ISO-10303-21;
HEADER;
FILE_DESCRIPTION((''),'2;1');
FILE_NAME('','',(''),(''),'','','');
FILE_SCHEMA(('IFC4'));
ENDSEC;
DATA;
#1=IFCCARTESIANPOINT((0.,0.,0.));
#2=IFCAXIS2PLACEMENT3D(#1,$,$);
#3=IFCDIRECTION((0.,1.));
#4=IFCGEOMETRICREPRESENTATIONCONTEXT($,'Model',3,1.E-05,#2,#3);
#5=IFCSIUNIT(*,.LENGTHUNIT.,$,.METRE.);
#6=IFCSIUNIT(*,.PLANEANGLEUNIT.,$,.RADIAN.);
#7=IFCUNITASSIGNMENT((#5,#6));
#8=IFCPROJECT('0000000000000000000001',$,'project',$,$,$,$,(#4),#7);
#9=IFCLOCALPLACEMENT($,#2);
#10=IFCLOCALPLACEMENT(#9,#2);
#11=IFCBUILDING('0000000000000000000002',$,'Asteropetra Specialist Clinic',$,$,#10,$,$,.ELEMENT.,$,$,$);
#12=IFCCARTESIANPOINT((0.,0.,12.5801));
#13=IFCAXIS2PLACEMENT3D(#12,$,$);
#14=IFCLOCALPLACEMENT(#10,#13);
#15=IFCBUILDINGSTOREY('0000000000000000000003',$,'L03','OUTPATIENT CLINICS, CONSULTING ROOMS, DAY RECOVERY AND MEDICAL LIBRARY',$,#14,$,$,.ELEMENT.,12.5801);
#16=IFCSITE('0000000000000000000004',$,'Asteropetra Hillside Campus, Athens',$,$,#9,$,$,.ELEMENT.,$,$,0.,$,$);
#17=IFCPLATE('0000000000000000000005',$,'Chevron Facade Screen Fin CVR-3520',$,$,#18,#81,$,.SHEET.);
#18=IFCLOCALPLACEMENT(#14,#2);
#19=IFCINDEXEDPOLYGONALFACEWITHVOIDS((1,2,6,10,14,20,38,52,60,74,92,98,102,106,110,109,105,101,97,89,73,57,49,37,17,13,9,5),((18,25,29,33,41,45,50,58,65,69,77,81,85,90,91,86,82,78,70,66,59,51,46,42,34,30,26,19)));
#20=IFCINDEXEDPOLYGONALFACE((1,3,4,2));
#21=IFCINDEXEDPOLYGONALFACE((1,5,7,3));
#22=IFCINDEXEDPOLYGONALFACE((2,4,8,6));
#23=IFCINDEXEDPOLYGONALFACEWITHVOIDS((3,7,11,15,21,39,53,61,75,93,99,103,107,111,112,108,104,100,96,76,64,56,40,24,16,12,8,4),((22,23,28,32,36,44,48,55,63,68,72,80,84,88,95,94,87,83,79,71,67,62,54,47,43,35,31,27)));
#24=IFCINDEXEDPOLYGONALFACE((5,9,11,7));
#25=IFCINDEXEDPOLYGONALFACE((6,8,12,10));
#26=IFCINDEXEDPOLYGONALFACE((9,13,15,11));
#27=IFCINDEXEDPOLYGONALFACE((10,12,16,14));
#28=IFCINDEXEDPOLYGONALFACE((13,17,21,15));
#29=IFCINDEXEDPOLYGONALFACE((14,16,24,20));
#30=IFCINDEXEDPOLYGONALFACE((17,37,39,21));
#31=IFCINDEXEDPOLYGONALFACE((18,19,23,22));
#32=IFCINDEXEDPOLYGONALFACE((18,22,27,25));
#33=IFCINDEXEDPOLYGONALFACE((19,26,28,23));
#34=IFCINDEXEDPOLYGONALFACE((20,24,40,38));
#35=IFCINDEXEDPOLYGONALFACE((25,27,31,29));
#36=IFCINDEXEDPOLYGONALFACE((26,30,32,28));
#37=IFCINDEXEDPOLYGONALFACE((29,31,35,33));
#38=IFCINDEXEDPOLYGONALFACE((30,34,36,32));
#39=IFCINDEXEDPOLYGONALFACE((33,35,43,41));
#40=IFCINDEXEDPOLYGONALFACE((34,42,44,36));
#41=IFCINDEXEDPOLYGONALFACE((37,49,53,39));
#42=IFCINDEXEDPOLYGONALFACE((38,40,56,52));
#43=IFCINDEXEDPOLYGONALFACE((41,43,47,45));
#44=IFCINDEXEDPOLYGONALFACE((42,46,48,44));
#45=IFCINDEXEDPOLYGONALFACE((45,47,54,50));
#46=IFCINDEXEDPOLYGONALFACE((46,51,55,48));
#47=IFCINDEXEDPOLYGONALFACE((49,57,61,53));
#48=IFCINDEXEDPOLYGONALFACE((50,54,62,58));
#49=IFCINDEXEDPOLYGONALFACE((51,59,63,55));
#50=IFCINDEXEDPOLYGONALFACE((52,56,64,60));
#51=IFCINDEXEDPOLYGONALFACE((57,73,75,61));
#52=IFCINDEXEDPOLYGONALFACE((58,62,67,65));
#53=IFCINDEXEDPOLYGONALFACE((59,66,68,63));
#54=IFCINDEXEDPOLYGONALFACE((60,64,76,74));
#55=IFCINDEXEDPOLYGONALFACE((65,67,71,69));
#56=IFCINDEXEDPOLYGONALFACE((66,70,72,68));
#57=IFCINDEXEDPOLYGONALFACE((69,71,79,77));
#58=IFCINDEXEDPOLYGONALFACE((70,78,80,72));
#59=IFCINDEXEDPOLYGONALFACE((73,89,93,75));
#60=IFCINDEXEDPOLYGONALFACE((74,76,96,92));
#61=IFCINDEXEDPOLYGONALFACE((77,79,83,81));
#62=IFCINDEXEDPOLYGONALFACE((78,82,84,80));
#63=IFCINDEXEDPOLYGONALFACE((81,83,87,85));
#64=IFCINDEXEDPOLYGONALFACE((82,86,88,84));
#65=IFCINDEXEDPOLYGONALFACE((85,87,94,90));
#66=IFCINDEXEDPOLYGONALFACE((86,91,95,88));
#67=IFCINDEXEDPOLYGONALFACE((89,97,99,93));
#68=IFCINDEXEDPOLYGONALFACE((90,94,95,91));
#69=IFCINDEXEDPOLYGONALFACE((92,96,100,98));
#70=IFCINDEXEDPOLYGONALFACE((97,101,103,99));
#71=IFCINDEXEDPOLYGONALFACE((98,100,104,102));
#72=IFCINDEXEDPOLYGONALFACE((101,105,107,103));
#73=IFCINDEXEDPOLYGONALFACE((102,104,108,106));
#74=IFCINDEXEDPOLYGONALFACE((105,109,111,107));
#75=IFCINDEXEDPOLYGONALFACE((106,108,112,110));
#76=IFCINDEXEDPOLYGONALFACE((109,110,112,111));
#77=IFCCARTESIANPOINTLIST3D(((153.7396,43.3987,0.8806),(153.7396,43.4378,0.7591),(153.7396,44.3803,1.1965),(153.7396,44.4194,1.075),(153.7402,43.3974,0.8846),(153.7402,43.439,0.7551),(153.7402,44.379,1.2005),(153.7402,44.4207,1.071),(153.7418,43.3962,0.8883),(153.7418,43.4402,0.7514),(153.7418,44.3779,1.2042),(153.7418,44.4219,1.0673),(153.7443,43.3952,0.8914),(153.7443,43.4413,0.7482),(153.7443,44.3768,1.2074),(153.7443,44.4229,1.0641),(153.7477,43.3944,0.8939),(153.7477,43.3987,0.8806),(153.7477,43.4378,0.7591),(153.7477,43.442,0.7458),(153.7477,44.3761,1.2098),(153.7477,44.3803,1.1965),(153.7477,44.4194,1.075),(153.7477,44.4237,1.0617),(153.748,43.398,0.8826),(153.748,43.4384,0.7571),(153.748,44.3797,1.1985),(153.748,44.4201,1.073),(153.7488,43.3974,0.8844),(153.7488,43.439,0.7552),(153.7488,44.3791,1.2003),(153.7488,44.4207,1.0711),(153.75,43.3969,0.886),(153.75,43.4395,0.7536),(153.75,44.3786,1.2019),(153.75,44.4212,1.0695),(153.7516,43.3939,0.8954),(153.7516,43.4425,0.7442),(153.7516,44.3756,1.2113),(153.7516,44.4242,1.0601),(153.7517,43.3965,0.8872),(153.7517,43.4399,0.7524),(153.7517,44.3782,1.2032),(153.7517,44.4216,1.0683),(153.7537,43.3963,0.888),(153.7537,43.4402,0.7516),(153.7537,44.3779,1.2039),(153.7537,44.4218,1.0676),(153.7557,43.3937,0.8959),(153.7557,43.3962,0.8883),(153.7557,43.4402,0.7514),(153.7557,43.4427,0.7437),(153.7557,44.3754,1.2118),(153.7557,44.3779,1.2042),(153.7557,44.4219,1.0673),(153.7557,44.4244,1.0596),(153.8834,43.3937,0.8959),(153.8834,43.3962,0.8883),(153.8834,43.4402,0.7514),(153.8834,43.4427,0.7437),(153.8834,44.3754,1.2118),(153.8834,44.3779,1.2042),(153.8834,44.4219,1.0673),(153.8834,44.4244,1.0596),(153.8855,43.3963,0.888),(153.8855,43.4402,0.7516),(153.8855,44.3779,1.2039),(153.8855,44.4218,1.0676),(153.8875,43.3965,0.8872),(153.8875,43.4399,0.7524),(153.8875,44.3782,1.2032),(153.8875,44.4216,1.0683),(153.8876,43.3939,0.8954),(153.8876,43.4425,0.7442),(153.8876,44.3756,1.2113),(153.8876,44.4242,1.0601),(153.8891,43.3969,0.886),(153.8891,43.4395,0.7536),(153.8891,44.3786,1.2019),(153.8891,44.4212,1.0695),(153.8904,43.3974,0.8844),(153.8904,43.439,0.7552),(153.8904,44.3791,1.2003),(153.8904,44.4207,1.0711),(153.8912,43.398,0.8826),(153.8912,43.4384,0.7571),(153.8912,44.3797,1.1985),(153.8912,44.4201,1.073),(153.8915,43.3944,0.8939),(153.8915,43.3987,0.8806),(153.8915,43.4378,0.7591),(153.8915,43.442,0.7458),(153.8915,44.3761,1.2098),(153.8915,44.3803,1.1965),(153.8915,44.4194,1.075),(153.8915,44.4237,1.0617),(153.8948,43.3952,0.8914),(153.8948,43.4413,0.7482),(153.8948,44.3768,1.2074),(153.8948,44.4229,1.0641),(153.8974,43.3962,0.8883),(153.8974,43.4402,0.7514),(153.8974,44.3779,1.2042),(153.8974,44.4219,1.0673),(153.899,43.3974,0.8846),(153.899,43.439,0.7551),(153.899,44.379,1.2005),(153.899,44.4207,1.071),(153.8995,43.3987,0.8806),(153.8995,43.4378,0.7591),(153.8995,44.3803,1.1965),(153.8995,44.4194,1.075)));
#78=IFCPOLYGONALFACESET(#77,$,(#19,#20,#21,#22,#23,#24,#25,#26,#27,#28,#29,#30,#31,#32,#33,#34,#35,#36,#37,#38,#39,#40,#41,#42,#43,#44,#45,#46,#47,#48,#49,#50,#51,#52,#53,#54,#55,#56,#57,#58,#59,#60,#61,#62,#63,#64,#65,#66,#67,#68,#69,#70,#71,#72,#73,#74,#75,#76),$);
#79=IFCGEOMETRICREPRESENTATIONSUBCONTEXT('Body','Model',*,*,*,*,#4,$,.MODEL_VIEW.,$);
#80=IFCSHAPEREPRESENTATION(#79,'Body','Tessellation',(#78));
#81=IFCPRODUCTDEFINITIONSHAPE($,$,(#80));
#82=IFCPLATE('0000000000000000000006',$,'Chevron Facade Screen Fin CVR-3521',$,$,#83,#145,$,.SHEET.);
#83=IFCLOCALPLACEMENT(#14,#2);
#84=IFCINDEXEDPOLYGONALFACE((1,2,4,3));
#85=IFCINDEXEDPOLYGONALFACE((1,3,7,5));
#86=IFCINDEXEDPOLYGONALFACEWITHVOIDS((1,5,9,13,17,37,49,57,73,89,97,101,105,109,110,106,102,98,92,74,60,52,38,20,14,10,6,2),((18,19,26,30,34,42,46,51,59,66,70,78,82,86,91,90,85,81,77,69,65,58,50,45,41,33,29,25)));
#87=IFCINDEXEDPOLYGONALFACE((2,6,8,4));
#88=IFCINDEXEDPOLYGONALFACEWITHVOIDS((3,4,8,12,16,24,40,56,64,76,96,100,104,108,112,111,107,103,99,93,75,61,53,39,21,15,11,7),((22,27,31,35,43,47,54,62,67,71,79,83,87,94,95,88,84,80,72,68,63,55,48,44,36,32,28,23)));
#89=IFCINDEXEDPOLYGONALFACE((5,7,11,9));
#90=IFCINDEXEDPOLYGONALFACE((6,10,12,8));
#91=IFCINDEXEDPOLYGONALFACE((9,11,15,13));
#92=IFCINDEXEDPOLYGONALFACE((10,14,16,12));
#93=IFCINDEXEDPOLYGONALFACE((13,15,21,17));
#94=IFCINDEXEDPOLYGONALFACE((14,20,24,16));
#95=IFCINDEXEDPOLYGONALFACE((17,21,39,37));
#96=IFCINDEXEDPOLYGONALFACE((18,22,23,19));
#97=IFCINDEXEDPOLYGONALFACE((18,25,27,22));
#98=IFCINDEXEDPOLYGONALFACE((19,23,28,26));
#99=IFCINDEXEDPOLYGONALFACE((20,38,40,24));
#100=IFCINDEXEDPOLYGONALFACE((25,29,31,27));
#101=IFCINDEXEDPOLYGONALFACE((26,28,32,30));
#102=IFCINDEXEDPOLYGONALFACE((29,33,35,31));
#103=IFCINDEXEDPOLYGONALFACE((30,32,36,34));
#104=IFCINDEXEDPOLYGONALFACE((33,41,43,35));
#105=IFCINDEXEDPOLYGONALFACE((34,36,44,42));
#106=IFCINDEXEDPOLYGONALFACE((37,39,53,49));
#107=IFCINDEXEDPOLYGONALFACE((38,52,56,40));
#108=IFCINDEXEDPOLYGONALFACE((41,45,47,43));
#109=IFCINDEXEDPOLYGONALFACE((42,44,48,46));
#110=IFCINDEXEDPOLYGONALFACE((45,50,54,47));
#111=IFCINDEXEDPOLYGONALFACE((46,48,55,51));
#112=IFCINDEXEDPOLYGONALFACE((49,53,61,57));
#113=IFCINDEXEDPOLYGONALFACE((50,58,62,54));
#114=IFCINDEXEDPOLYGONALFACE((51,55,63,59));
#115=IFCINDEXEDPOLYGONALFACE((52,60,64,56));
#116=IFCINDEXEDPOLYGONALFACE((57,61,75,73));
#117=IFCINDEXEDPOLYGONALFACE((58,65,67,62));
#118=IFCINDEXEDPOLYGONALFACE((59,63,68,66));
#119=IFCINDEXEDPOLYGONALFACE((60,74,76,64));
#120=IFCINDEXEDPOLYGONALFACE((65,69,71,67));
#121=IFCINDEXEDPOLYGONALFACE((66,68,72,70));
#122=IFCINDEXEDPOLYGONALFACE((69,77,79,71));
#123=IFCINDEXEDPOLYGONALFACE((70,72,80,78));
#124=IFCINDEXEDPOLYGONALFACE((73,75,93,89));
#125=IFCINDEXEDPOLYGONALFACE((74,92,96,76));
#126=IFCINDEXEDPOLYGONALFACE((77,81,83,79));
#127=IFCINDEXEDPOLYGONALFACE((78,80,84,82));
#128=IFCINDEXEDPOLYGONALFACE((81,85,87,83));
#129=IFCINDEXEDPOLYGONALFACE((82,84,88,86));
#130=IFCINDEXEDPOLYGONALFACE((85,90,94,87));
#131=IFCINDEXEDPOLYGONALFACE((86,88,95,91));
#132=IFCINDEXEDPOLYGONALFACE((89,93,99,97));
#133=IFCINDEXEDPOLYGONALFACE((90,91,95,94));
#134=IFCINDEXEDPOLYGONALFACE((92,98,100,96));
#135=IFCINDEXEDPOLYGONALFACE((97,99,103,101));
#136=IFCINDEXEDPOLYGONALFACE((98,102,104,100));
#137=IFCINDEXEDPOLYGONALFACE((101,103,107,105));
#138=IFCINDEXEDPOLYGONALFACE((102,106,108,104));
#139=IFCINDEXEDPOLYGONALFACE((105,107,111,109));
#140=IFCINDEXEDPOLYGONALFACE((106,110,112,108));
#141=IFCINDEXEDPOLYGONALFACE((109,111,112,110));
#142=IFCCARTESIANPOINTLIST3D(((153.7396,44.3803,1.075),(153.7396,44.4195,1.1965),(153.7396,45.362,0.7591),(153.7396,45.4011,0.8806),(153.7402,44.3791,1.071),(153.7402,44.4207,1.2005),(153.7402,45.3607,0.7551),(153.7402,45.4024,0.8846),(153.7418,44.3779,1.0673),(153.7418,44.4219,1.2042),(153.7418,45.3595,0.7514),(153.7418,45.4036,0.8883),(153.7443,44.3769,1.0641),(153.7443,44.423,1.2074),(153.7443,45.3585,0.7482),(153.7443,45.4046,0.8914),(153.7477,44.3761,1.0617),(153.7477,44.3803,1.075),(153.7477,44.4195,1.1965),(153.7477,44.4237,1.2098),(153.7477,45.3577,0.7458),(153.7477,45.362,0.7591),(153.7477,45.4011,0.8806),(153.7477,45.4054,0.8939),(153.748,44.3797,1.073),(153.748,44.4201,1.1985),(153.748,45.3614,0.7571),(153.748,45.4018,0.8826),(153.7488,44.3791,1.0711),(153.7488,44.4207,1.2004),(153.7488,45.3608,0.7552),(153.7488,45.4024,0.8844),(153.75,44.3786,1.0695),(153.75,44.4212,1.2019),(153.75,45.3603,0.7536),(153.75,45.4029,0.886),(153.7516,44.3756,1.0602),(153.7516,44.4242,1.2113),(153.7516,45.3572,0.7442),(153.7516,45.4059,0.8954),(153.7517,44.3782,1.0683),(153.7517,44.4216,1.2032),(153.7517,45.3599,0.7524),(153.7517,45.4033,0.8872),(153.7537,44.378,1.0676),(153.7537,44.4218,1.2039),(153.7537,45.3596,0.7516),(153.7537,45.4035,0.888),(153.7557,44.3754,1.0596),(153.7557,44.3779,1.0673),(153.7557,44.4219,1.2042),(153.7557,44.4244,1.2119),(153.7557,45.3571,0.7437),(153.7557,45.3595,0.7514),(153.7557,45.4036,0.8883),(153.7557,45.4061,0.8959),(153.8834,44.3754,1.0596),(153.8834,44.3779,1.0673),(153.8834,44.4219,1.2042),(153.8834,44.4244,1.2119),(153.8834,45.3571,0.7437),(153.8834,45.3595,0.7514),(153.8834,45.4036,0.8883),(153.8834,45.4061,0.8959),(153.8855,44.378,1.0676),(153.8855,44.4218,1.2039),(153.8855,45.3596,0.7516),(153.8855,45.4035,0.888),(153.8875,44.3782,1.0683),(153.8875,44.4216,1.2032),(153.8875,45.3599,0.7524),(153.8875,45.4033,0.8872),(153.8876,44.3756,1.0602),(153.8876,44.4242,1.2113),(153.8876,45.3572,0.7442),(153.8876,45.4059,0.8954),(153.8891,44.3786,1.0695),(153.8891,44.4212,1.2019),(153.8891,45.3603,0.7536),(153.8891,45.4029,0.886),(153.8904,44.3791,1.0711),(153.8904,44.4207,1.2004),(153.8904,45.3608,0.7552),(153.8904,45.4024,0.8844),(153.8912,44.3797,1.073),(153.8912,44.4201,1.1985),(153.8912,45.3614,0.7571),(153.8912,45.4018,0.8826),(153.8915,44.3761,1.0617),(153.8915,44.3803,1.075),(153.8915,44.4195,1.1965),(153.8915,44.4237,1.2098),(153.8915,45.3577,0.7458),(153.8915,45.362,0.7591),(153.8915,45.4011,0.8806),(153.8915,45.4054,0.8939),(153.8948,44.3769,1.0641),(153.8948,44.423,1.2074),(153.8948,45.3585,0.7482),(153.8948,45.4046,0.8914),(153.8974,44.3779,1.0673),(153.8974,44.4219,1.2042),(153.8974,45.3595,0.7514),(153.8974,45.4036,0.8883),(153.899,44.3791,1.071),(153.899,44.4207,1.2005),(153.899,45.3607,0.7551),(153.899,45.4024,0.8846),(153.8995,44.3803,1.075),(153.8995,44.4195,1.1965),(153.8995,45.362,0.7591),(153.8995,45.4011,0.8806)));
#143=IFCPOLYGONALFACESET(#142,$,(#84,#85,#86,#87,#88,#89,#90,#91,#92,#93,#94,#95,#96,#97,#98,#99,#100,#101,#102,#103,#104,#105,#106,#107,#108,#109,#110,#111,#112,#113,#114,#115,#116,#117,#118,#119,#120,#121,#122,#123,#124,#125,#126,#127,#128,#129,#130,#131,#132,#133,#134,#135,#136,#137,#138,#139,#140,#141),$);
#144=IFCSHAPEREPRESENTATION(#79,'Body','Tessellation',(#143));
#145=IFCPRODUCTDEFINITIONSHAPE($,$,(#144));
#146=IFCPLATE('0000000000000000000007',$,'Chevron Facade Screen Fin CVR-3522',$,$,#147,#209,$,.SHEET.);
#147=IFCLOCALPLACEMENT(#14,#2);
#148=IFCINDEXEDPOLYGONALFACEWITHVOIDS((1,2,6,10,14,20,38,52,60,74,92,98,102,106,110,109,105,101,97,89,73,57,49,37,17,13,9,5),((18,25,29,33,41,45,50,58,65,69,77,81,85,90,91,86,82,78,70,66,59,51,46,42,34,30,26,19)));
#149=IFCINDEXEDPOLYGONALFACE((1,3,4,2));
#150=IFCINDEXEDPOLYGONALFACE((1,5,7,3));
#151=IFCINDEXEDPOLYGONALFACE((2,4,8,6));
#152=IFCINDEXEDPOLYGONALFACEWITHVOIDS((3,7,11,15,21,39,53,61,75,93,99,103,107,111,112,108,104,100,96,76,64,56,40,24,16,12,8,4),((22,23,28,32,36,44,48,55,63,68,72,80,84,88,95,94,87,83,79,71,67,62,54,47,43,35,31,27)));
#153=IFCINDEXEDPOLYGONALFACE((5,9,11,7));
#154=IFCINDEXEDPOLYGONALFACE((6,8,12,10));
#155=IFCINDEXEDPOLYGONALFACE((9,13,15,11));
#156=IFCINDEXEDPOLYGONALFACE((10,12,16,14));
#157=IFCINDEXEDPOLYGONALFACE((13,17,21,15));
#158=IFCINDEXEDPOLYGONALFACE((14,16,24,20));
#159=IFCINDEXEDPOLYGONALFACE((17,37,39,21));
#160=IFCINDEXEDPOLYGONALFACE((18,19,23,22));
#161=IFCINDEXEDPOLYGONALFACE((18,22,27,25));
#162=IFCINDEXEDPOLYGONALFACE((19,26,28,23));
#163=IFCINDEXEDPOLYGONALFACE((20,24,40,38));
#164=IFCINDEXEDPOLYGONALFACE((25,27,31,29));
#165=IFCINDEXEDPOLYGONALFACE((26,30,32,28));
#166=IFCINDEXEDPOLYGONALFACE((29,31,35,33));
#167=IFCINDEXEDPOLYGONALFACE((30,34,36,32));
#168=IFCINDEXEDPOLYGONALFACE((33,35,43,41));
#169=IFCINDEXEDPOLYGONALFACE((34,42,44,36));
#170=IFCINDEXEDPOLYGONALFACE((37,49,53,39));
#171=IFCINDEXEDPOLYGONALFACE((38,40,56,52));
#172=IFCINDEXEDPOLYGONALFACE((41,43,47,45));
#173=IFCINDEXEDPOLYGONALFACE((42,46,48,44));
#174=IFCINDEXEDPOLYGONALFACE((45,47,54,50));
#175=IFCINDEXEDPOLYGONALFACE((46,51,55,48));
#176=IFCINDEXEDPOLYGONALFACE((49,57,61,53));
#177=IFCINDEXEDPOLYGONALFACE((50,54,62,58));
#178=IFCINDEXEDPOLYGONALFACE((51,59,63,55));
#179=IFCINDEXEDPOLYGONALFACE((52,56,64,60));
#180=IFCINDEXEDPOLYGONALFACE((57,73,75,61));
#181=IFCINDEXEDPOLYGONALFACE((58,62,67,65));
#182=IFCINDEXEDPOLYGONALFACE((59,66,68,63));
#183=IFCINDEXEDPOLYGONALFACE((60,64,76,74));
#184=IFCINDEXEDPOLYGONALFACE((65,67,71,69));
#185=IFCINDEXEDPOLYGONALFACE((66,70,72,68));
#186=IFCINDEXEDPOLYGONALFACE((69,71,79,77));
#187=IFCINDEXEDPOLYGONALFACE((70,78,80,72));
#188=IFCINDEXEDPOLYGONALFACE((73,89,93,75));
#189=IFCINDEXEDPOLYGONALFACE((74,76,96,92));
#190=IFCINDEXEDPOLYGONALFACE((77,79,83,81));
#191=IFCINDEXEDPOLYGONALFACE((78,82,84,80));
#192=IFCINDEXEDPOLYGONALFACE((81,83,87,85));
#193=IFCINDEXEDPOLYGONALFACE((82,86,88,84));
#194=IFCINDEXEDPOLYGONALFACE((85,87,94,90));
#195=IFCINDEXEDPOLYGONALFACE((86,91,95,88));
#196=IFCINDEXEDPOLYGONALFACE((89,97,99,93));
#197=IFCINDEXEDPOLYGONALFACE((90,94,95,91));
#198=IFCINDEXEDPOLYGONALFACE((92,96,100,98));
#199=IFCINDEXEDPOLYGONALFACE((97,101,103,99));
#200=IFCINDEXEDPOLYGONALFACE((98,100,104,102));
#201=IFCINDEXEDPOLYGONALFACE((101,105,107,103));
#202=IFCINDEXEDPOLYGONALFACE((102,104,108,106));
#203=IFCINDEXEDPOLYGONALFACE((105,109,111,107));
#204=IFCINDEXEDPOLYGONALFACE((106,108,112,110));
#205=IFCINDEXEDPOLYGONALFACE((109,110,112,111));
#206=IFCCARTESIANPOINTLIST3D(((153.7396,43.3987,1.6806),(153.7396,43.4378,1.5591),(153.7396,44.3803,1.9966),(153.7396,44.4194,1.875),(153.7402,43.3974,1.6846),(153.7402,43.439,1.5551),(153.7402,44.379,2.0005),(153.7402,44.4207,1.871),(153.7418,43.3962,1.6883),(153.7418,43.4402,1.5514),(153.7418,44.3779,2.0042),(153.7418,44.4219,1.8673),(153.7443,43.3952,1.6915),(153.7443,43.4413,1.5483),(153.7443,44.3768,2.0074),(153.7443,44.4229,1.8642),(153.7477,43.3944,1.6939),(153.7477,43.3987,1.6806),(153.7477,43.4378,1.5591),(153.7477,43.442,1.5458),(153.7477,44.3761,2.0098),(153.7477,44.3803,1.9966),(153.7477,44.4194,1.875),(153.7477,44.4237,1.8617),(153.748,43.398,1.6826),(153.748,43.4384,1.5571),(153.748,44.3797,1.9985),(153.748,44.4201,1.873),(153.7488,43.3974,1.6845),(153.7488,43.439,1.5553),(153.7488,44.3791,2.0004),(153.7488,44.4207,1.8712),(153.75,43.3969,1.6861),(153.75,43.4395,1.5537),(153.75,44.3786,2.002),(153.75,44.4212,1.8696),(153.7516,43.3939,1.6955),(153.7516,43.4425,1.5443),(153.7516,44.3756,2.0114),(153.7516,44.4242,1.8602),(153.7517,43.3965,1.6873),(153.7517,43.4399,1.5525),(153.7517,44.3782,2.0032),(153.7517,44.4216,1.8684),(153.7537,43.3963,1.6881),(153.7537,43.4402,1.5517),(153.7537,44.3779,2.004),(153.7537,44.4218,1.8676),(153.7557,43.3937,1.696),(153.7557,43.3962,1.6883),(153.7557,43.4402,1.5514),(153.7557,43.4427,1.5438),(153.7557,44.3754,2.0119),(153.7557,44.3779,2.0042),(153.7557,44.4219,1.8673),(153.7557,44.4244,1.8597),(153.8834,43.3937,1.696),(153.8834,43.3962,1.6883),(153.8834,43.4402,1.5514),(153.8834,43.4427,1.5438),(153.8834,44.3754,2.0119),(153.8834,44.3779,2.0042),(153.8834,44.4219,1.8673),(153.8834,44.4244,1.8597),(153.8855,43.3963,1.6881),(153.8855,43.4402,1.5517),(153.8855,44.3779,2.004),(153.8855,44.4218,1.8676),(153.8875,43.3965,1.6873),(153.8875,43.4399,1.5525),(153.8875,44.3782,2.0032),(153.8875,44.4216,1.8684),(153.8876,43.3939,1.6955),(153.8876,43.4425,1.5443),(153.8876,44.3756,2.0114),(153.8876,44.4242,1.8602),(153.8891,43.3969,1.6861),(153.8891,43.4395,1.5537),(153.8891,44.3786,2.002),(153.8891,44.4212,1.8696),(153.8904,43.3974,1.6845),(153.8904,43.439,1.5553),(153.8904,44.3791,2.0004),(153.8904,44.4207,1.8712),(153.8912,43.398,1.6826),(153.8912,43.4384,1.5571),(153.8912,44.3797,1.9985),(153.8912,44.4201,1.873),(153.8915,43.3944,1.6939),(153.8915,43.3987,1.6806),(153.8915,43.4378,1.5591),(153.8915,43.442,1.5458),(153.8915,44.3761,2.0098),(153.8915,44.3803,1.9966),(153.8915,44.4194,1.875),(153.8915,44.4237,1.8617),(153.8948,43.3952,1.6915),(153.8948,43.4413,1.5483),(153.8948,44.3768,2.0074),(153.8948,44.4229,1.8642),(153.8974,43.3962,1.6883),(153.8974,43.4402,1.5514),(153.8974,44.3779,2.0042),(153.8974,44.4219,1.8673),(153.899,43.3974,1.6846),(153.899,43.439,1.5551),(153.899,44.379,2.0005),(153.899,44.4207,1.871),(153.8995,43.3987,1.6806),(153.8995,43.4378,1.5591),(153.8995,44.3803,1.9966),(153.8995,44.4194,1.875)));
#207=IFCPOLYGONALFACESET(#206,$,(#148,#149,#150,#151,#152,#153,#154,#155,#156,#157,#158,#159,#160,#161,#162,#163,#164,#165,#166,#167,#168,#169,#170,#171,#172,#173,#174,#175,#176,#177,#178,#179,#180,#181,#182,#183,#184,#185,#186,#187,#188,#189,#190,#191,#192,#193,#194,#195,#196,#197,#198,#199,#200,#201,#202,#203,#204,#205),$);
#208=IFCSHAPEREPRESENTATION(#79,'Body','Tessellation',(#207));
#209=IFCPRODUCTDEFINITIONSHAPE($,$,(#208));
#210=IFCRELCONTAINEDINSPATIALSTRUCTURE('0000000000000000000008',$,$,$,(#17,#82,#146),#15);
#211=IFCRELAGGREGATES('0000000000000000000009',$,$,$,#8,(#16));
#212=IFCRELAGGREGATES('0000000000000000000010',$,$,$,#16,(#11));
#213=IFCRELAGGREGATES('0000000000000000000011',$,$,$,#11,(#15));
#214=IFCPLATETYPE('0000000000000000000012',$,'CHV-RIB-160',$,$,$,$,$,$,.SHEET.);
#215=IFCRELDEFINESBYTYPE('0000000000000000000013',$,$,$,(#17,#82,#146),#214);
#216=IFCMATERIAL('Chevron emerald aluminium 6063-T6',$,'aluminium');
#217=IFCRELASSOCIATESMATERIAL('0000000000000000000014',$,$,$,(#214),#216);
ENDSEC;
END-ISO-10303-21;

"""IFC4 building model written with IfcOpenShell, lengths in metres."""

from ifc_helpers import new_model, si_unit, direction, frame, origin, origin_2d, place, context, subcontext, project, spatial, hollow_rectangle, extrude, material, material_profile, profile_set, type_object, element, save


model = new_model("IFC4")

# Units and contexts
model_context = context("Model", 3, precision=1e-05, world=origin(), true_north=direction((0.0, 1.0)))
body_context = subcontext(model_context, "Body", "Model", "MODEL_VIEW")
ifc_project = project(units=[si_unit("LENGTHUNIT", "METRE"), si_unit("PLANEANGLEUNIT", "RADIAN")], contexts=[model_context])

# Site, building, storey
site_placement = place(None, origin())
site = spatial("IfcSite", under=ifc_project, at=site_placement, Name="Asteropetra Hillside Campus, Athens", CompositionType="ELEMENT", RefElevation=0.0)
building_placement = place(site_placement, origin())
building = spatial("IfcBuilding", under=site, at=building_placement, Name="Asteropetra Specialist Clinic", CompositionType="ELEMENT")
storey_placement = place(building_placement, frame((0.0, 0.0, 12.5801)))
storey = spatial("IfcBuildingStorey", under=building, at=storey_placement, Name="L03", Description="OUTPATIENT CLINICS, CONSULTING ROOMS, DAY RECOVERY AND MEDICAL LIBRARY", CompositionType="ELEMENT", Elevation=12.5801)

# Plates
ifc_material_1 = material(Name="Chevron emerald aluminium 6063-T6", Category="aluminium")
ifc_material_profile = material_profile(ifc_material_1, hollow_rectangle(XDim=0.1599, YDim=0.1599, WallThickness=0.0081, InnerFilletRadius=0.0081, OuterFilletRadius=0.0161, at=origin_2d()), Name="SHS 160x160x8.0")
ifc_profile_set = profile_set([ifc_material_profile], Name="Chevron emerald aluminium 6063-T6")
plate_type_1 = type_object("IfcPlateType", Name="CHV-RIB-160", PredefinedType="SHEET", material=ifc_profile_set)
for number, where, z_axis, x_axis, name in (
    (1, (153.8196, 43.4182, 0.8198), (0.0, 0.951923, 0.306339), (-1.0, 0.0, 0.0), "Chevron Facade Screen Fin CVR-3520"),
    (2, (153.8196, 44.3999, 1.1357), (0.0, 0.951923, -0.306339), (-1.0, 0.0, 0.0), "Chevron Facade Screen Fin CVR-3521"),
    (3, (153.8196, 43.4182, 1.6199), (0.0, 0.951923, 0.306339), (-1.0, 0.0, 0.0), "Chevron Facade Screen Fin CVR-3522"),
):
    element("IfcPlate", number, at=place(storey_placement, frame(where, z_axis=z_axis, x_axis=x_axis)), inside=storey, type_object=plate_type_1, Name=name, PredefinedType="SHEET", context=body_context, shape_type="SweptSolid", body=[
        extrude(hollow_rectangle(XDim=0.1599, YDim=0.1599, WallThickness=0.0081, InnerFilletRadius=0.0081, OuterFilletRadius=0.0161, at=origin_2d()), origin(), (0.0, 0.0, 1.0), 1.0312),
    ])

save(model, "model.ifc")
